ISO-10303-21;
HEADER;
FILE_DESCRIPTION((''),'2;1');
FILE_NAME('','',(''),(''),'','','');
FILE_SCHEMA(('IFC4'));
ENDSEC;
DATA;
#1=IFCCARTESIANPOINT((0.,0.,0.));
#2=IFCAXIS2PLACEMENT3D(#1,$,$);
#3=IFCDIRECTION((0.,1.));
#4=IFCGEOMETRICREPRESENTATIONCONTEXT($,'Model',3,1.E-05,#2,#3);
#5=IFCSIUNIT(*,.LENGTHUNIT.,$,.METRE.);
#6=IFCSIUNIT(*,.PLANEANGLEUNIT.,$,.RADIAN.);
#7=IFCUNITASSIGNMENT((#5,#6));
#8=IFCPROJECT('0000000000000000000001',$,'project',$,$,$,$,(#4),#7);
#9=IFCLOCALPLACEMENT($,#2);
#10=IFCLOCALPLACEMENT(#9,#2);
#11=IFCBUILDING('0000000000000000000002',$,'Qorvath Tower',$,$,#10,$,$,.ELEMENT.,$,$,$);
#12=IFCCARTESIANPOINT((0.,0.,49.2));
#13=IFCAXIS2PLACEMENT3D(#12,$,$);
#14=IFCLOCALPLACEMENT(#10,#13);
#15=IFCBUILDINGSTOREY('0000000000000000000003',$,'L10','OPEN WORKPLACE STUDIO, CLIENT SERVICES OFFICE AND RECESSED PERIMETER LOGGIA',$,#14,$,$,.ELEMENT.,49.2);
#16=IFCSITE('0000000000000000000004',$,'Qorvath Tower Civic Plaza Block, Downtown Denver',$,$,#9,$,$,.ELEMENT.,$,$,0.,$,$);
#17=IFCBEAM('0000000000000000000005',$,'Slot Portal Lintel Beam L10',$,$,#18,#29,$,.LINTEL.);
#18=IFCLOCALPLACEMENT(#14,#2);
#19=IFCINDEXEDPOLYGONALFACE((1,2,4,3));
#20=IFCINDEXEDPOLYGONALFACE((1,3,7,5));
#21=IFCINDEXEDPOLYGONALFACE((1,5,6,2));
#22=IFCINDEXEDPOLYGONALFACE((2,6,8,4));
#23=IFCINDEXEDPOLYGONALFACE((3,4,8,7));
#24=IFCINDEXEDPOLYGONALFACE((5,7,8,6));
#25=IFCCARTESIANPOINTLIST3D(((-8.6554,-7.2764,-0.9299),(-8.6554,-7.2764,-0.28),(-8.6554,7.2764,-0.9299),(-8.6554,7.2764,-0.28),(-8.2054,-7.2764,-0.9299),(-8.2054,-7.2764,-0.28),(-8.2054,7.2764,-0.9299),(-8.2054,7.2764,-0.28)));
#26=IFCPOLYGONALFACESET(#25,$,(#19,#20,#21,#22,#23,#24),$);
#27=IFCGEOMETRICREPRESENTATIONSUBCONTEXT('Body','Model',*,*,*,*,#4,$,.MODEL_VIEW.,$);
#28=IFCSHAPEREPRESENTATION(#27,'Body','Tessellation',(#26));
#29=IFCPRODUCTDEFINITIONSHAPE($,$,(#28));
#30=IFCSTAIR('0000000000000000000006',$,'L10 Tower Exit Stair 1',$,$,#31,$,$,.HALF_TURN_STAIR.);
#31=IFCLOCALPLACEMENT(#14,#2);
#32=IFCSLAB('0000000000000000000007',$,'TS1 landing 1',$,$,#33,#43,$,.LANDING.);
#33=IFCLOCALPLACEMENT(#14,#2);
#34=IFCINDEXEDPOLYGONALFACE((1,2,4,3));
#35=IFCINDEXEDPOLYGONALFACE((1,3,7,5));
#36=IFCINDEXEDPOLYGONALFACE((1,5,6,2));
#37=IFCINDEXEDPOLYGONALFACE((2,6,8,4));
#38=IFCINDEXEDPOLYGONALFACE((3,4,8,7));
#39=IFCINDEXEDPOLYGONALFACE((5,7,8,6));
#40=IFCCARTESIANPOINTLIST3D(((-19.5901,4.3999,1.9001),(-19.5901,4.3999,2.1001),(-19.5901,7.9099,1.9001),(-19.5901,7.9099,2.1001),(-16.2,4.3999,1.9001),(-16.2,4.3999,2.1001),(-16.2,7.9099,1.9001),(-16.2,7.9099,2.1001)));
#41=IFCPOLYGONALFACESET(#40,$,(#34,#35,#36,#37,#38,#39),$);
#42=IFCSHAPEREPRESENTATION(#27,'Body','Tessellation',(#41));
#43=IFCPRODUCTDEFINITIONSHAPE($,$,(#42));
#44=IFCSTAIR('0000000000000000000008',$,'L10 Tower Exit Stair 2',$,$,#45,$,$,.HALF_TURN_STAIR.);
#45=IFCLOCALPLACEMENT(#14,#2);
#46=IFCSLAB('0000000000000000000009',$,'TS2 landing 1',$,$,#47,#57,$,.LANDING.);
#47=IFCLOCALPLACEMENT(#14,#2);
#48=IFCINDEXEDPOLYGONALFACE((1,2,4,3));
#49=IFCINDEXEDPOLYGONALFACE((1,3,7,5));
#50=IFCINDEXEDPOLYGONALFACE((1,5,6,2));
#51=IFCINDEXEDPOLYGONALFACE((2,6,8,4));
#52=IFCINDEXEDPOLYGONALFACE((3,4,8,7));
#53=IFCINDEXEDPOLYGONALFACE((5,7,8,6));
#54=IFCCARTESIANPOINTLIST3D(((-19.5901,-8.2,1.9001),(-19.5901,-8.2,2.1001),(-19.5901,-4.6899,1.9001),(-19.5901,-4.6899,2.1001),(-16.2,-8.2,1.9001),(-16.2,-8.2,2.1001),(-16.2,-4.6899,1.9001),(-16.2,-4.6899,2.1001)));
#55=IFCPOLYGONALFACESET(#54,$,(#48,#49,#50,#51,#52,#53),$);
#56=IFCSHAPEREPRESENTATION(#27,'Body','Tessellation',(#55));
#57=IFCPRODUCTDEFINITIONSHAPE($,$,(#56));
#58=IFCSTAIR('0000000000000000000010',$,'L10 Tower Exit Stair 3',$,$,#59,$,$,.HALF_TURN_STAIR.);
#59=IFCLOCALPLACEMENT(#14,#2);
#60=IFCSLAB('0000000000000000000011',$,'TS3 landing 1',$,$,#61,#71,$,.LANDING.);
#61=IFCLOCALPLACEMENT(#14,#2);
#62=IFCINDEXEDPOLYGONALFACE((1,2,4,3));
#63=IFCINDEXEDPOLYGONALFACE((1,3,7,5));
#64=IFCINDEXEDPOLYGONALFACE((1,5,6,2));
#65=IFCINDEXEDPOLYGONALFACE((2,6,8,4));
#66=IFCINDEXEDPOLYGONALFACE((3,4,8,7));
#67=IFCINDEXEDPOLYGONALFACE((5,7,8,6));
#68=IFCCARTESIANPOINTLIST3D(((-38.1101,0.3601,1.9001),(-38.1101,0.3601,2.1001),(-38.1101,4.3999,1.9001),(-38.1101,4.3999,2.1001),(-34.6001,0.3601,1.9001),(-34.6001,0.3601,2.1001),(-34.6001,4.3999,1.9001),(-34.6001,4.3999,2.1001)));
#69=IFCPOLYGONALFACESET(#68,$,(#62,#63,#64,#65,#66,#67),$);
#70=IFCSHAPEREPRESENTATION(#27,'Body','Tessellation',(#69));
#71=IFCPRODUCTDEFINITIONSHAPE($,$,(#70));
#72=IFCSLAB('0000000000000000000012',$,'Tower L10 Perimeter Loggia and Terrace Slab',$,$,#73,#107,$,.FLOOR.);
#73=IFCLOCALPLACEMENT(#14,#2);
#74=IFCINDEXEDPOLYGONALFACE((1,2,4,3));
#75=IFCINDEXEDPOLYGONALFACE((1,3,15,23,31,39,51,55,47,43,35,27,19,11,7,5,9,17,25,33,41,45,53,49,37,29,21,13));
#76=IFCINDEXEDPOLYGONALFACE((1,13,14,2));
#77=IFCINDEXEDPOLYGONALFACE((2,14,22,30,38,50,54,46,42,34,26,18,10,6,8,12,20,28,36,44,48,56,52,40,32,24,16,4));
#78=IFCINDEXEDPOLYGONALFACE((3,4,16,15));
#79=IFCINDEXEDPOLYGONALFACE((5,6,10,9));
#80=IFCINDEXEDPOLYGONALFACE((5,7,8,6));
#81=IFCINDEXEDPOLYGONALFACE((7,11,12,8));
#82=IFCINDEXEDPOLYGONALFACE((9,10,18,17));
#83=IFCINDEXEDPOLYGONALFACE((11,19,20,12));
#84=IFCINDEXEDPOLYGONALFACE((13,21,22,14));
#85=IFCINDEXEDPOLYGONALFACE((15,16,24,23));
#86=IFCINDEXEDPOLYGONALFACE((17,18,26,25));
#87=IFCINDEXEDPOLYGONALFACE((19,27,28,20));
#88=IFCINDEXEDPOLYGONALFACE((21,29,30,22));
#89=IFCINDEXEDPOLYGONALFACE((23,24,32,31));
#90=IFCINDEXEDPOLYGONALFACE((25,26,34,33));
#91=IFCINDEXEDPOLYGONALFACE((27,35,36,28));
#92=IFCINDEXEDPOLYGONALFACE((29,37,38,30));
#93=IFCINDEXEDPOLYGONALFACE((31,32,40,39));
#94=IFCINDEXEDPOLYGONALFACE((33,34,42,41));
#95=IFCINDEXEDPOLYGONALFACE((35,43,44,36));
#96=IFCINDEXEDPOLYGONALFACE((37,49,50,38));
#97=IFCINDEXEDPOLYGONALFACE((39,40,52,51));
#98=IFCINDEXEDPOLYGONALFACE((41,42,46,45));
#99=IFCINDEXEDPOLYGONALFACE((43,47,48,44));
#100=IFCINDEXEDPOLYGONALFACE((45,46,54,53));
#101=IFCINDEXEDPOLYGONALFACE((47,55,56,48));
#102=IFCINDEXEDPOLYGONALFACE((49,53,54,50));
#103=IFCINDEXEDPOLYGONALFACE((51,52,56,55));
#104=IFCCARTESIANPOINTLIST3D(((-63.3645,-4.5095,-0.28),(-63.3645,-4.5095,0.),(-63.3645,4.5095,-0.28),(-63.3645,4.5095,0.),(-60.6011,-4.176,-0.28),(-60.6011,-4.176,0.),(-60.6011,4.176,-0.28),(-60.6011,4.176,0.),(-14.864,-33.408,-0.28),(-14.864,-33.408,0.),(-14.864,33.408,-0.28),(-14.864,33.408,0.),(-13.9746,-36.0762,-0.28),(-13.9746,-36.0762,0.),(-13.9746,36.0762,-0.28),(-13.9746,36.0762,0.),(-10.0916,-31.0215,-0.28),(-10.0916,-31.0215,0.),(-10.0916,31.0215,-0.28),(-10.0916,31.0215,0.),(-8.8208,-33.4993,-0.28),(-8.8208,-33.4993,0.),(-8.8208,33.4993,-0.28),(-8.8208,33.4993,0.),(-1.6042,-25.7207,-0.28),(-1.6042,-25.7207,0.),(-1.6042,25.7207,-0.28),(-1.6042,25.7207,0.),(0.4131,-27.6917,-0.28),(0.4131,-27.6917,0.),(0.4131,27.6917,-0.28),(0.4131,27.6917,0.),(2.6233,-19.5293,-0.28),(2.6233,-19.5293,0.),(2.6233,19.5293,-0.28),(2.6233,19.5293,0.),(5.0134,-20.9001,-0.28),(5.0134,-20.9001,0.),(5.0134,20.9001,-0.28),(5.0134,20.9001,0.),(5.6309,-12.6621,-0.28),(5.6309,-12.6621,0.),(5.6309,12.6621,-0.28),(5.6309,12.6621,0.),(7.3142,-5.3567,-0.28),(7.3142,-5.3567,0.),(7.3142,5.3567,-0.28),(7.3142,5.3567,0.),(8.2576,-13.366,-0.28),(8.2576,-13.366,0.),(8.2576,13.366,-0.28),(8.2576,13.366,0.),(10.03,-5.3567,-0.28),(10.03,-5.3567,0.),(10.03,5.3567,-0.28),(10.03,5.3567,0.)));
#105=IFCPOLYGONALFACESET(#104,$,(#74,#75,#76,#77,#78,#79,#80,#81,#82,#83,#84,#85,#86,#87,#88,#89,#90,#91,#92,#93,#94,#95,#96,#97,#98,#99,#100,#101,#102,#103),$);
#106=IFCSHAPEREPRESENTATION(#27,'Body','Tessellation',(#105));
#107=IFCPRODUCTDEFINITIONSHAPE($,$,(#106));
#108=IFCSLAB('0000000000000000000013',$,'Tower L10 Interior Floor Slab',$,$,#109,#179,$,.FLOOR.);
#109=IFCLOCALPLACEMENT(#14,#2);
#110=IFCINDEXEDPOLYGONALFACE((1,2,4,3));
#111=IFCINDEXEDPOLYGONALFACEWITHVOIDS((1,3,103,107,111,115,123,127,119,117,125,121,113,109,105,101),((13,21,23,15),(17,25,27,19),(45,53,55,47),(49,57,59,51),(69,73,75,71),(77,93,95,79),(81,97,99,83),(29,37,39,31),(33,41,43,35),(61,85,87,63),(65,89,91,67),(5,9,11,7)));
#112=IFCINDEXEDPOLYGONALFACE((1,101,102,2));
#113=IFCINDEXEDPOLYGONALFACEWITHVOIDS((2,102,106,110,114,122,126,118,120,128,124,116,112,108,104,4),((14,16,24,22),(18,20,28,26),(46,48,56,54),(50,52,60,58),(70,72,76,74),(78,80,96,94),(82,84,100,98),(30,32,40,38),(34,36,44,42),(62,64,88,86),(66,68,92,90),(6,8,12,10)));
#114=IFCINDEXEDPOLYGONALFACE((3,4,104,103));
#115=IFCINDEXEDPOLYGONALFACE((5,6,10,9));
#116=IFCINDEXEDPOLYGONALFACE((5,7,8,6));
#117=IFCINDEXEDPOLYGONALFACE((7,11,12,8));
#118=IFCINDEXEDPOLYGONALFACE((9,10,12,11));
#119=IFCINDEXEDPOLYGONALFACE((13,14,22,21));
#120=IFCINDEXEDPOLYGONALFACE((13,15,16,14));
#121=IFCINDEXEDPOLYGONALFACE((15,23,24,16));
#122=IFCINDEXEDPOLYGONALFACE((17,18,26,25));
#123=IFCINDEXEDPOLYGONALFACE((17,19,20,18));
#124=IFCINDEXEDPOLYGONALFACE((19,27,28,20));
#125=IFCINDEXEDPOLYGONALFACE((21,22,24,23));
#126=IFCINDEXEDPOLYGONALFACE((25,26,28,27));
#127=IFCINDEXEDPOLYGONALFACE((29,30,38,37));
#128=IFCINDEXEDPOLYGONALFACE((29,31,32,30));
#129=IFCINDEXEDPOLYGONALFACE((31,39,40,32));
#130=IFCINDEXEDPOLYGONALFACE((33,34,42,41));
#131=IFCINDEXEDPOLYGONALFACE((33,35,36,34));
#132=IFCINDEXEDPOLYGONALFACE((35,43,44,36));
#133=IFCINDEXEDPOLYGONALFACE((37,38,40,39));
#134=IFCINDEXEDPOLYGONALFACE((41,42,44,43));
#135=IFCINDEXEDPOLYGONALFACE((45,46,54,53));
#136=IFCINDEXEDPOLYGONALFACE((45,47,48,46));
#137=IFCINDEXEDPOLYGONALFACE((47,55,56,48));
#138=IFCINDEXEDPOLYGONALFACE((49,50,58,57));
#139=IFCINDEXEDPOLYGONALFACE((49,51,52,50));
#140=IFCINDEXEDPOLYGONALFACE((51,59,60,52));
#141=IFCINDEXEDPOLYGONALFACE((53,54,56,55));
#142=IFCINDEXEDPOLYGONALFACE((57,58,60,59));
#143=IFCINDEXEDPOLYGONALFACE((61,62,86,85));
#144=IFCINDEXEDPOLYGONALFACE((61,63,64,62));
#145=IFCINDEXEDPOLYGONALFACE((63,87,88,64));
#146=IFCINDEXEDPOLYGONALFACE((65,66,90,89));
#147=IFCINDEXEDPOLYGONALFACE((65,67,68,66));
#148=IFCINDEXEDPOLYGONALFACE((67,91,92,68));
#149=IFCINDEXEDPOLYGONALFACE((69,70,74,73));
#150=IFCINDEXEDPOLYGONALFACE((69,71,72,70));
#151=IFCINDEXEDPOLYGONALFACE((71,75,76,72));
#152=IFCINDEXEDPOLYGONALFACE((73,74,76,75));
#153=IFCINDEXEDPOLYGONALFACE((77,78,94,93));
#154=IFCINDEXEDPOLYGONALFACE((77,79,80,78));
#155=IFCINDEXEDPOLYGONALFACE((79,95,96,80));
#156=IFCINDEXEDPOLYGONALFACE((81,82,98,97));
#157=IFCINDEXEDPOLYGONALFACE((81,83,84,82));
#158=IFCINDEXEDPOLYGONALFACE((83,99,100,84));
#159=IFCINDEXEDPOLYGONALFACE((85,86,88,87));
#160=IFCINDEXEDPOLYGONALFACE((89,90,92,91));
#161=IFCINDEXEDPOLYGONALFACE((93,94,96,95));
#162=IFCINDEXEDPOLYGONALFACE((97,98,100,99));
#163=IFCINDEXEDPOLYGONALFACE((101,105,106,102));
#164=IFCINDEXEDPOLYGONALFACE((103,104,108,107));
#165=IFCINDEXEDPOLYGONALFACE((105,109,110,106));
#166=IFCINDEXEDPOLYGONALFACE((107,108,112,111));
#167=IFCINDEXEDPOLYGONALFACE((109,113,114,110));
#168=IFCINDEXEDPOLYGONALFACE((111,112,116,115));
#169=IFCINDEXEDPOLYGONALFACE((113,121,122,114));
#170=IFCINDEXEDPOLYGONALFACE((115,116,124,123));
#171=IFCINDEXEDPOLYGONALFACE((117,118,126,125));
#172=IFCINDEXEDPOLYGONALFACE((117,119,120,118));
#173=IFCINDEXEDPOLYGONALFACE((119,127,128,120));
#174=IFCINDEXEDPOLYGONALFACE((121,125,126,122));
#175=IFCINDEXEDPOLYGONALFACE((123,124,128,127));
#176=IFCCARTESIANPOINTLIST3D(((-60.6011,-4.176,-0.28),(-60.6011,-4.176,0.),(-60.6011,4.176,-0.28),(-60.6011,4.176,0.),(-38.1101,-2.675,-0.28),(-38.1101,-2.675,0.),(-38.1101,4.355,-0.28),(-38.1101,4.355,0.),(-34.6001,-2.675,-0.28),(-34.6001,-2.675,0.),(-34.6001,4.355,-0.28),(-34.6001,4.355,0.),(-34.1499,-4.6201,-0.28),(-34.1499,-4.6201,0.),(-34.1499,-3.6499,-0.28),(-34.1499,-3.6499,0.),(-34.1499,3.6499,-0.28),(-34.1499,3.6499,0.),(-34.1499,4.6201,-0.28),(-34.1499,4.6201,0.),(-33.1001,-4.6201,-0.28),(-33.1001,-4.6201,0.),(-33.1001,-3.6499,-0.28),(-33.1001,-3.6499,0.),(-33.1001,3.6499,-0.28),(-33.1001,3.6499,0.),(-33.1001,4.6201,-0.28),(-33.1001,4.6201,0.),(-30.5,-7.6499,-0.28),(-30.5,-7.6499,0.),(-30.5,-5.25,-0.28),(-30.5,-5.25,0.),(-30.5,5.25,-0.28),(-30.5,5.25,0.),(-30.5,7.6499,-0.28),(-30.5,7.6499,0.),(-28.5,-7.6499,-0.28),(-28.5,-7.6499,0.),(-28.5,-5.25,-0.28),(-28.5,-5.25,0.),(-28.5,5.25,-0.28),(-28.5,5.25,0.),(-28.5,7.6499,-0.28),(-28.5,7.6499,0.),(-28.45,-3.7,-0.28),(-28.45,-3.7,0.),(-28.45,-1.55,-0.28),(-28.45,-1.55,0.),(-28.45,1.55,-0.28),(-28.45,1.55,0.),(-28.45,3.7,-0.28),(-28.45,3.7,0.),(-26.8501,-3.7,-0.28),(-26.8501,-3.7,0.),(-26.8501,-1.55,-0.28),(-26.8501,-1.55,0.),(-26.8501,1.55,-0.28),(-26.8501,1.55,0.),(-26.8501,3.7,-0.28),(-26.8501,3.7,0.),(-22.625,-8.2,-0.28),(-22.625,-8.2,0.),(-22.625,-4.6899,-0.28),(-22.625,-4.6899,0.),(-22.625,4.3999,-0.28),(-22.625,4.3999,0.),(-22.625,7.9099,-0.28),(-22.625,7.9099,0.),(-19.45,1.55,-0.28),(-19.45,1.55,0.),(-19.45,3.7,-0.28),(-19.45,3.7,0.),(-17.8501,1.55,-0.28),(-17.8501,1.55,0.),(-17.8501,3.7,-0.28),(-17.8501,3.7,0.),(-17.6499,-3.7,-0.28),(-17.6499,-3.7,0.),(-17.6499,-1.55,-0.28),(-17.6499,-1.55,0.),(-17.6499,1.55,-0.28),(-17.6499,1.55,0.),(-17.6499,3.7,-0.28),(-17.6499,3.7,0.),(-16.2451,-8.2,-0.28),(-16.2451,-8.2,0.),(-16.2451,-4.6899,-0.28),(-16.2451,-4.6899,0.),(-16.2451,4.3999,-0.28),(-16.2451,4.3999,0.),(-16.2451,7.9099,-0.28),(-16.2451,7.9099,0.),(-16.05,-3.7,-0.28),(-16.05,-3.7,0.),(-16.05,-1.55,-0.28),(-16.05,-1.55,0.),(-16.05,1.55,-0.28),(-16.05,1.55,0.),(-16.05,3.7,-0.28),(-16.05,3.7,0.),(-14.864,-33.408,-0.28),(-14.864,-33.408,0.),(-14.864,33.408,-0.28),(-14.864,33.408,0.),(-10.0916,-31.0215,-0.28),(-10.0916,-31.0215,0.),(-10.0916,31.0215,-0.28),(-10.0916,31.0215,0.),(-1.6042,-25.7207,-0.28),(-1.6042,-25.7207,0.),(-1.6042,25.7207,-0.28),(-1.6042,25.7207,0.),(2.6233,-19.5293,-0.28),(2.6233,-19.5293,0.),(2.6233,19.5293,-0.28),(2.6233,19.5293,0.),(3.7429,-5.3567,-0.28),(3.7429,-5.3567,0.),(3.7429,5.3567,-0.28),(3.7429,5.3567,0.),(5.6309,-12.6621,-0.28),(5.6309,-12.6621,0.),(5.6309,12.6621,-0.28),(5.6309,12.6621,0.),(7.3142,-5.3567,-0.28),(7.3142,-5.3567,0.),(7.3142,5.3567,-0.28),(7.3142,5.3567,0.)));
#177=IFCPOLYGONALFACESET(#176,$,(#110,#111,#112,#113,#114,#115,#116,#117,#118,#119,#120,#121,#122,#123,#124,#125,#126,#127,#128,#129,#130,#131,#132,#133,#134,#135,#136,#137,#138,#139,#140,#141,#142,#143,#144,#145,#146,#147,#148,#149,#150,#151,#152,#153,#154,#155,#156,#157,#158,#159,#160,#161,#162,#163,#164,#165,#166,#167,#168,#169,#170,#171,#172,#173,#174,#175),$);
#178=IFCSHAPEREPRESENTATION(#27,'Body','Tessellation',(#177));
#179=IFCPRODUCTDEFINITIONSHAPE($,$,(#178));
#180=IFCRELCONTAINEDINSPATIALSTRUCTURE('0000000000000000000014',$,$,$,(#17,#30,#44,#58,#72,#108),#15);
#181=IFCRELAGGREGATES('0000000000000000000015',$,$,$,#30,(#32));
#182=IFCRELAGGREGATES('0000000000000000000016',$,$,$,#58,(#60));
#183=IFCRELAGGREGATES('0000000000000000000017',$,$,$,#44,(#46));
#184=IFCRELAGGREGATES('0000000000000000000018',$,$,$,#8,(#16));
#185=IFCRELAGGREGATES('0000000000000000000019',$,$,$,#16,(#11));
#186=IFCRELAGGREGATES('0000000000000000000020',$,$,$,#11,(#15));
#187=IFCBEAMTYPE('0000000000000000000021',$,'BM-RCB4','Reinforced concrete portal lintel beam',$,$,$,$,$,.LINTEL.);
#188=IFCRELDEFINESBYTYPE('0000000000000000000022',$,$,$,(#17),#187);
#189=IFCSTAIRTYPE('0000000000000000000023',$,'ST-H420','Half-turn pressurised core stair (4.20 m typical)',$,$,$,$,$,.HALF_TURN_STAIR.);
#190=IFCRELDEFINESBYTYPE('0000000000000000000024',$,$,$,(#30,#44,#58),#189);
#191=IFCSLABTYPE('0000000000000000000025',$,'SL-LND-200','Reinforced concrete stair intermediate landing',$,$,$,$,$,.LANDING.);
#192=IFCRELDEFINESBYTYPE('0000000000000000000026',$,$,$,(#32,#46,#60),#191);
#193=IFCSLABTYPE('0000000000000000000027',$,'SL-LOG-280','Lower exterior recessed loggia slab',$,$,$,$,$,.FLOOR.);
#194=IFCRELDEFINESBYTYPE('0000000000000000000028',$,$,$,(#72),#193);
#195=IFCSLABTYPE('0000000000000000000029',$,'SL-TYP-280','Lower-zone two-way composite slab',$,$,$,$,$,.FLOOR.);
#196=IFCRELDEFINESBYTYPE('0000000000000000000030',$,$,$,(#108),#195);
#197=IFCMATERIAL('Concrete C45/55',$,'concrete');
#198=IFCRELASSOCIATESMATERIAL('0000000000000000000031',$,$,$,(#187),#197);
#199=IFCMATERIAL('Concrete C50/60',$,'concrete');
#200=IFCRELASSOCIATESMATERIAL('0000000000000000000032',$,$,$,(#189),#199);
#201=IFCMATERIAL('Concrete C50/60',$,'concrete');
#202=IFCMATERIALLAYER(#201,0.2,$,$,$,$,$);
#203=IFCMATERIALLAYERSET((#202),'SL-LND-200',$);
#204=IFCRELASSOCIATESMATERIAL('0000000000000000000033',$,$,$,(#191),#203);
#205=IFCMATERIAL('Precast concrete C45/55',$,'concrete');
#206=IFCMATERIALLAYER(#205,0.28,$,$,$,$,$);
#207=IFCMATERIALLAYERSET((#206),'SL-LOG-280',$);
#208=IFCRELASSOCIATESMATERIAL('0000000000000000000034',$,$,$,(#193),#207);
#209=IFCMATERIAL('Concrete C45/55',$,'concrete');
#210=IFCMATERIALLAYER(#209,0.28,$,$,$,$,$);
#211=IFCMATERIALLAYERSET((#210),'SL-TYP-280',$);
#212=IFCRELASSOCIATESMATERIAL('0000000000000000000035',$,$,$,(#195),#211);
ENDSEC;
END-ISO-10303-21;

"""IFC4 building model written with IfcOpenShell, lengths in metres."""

from ifc_helpers import new_model, si_unit, direction, frame, origin, origin_2d, place, context, subcontext, project, spatial, polyline, rectangle, outline, extrude, material, layer, layer_set, material_profile, profile_set, type_object, element, aggregate, save


model = new_model("IFC4")

# Units and contexts
model_context = context("Model", 3, precision=1e-05, world=origin(), true_north=direction((0.0, 1.0)))
body_context = subcontext(model_context, "Body", "Model", "MODEL_VIEW")
ifc_project = project(units=[si_unit("LENGTHUNIT", "METRE"), si_unit("PLANEANGLEUNIT", "RADIAN")], contexts=[model_context])

# Site, building, storey
site_placement = place(None, origin())
site = spatial("IfcSite", under=ifc_project, at=site_placement, Name="Qorvath Tower Civic Plaza Block, Downtown Denver", CompositionType="ELEMENT", RefElevation=0.0)
building_placement = place(site_placement, origin())
building = spatial("IfcBuilding", under=site, at=building_placement, Name="Qorvath Tower", CompositionType="ELEMENT")
storey_placement = place(building_placement, frame((0.0, 0.0, 49.2)))
storey = spatial("IfcBuildingStorey", under=building, at=storey_placement, Name="L10", Description="OPEN WORKPLACE STUDIO, CLIENT SERVICES OFFICE AND RECESSED PERIMETER LOGGIA", CompositionType="ELEMENT", Elevation=49.2)

# Beam
ifc_material_1 = material(Name="Concrete C45/55", Category="concrete")
ifc_material_profile = material_profile(ifc_material_1, rectangle(XDim=0.45, YDim=0.6499, at=origin_2d()), Name="RCB 650x450")
ifc_profile_set = profile_set([ifc_material_profile], Name="Concrete C45/55")
beam_type = type_object("IfcBeamType", Name="BM-RCB4", Description="Reinforced concrete portal lintel beam", PredefinedType="LINTEL", material=ifc_profile_set)
beam_placement = place(storey_placement, frame((-8.4304, -7.2764, -0.605), z_axis=(0.0, 1.0, 0.0), x_axis=(-1.0, 0.0, 0.0)))
element("IfcBeam", 1, at=beam_placement, inside=storey, type_object=beam_type, Name="Slot Portal Lintel Beam L10", PredefinedType="LINTEL", context=body_context, shape_type="SweptSolid", body=[
    extrude(rectangle(XDim=0.45, YDim=0.6499, at=origin_2d()), origin(), (0.0, 0.0, 1.0), 14.5527),
])

# Stairs, slabs
ifc_material_2 = material(Name="Concrete C50/60", Category="concrete")
stair_type = type_object("IfcStairType", Name="ST-H420", Description="Half-turn pressurised core stair (4.20 m typical)", PredefinedType="HALF_TURN_STAIR", material=ifc_material_2)
stair_1_placement = place(storey_placement, origin())
stair_1 = element("IfcStair", 2, at=stair_1_placement, inside=storey, type_object=stair_type, Name="L10 Tower Exit Stair 1", PredefinedType="HALF_TURN_STAIR")
ifc_material_3 = material(Name="Concrete C50/60", Category="concrete")
ifc_layer_1 = layer(ifc_material_3, 0.2)
ifc_layer_set_1 = layer_set([ifc_layer_1], Name="SL-LND-200")
slab_type_1 = type_object("IfcSlabType", Name="SL-LND-200", Description="Reinforced concrete stair intermediate landing", PredefinedType="LANDING", material=ifc_layer_set_1)
slab_1_placement = place(storey_placement, frame((0.0, 0.0, 1.9001)))
slab_1 = element("IfcSlab", 3, at=slab_1_placement, type_object=slab_type_1, Name="TS1 landing 1", PredefinedType="LANDING", context=body_context, shape_type="SweptSolid", body=[
    extrude(outline(polyline([(-19.5901, 4.3999), (-16.2, 4.3999), (-16.2, 7.9099), (-19.5901, 7.9099), (-19.5901, 4.3999)])), origin(), (0.0, 0.0, 1.0), 0.2),
])
aggregate(stair_1, [slab_1])
stair_2_placement = place(storey_placement, origin())
stair_2 = element("IfcStair", 4, at=stair_2_placement, inside=storey, type_object=stair_type, Name="L10 Tower Exit Stair 2", PredefinedType="HALF_TURN_STAIR")
slab_2_placement = place(storey_placement, frame((0.0, 0.0, 1.9001)))
slab_2 = element("IfcSlab", 5, at=slab_2_placement, type_object=slab_type_1, Name="TS2 landing 1", PredefinedType="LANDING", context=body_context, shape_type="SweptSolid", body=[
    extrude(outline(polyline([(-19.5901, -8.2), (-16.2, -8.2), (-16.2, -4.6899), (-19.5901, -4.6899), (-19.5901, -8.2)])), origin(), (0.0, 0.0, 1.0), 0.2),
])
stair_3_placement = place(storey_placement, origin())
stair_3 = element("IfcStair", 6, at=stair_3_placement, inside=storey, type_object=stair_type, Name="L10 Tower Exit Stair 3", PredefinedType="HALF_TURN_STAIR")
slab_3_placement = place(storey_placement, frame((0.0, 0.0, 1.9001)))
slab_3 = element("IfcSlab", 7, at=slab_3_placement, type_object=slab_type_1, Name="TS3 landing 1", PredefinedType="LANDING", context=body_context, shape_type="SweptSolid", body=[
    extrude(outline(polyline([(-34.6001, 0.3601), (-34.6001, 4.3999), (-38.1101, 4.3999), (-38.1101, 0.3601), (-34.6001, 0.3601)])), origin(), (0.0, 0.0, 1.0), 0.2),
])
aggregate(stair_3, [slab_3])

# Slabs
ifc_material_4 = material(Name="Precast concrete C45/55", Category="concrete")
ifc_layer_2 = layer(ifc_material_4, 0.28)
ifc_layer_set_2 = layer_set([ifc_layer_2], Name="SL-LOG-280")
slab_type_2 = type_object("IfcSlabType", Name="SL-LOG-280", Description="Lower exterior recessed loggia slab", PredefinedType="FLOOR", material=ifc_layer_set_2)
slab_4_placement = place(storey_placement, frame((0.0, 0.0, -0.28)))
element("IfcSlab", 8, at=slab_4_placement, inside=storey, type_object=slab_type_2, Name="Tower L10 Perimeter Loggia and Terrace Slab", PredefinedType="FLOOR", context=body_context, shape_type="SweptSolid", body=[
    extrude(outline(polyline([(7.3142, -5.3567), (5.6309, -12.6621), (2.6233, -19.5293), (-1.6042, -25.7207), (-10.0916, -31.0215), (-14.864, -33.408), (-60.6011, -4.176), (-60.6011, 4.176), (-14.864, 33.408), (-10.0916, 31.0215), (-1.6042, 25.7207), (2.6233, 19.5293), (5.6309, 12.6621), (7.3142, 5.3567), (10.03, 5.3567), (8.2576, 13.366), (5.0134, 20.9001), (0.4131, 27.6917), (-8.8208, 33.4993), (-13.9746, 36.0762), (-63.3645, 4.5095), (-63.3645, -4.5095), (-13.9746, -36.0762), (-8.8208, -33.4993), (0.4131, -27.6917), (5.0134, -20.9001), (8.2576, -13.366), (10.03, -5.3567), (7.3142, -5.3567)])), origin(), (0.0, 0.0, 1.0), 0.28),
])
ifc_material_5 = material(Name="Concrete C45/55", Category="concrete")
ifc_layer_3 = layer(ifc_material_5, 0.28)
ifc_layer_set_3 = layer_set([ifc_layer_3], Name="SL-TYP-280")
slab_type_3 = type_object("IfcSlabType", Name="SL-TYP-280", Description="Lower-zone two-way composite slab", PredefinedType="FLOOR", material=ifc_layer_set_3)
slab_5_placement = place(storey_placement, frame((0.0, 0.0, -0.28)))
element("IfcSlab", 9, at=slab_5_placement, inside=storey, type_object=slab_type_3, Name="Tower L10 Interior Floor Slab", PredefinedType="FLOOR", context=body_context, shape_type="SweptSolid", body=[
    extrude(outline(polyline([(-60.6011, 4.176), (-60.6011, -4.176), (-14.864, -33.408), (-10.0916, -31.0215), (-1.6042, -25.7207), (2.6233, -19.5293), (5.6309, -12.6621), (7.3142, -5.3567), (3.7429, -5.3567), (3.7429, 5.3567), (7.3142, 5.3567), (5.6309, 12.6621), (2.6233, 19.5293), (-1.6042, 25.7207), (-10.0916, 31.0215), (-14.864, 33.408), (-60.6011, 4.176)]), holes=[polyline([(-17.6499, -3.7), (-17.6499, -1.55), (-16.05, -1.55), (-16.05, -3.7), (-17.6499, -3.7)]), polyline([(-17.6499, 1.55), (-17.6499, 3.7), (-16.05, 3.7), (-16.05, 1.55), (-17.6499, 1.55)]), polyline([(-16.2451, -8.2), (-22.625, -8.2), (-22.625, -4.6899), (-16.2451, -4.6899), (-16.2451, -8.2)]), polyline([(-22.625, 4.3999), (-22.625, 7.9099), (-16.2451, 7.9099), (-16.2451, 4.3999), (-22.625, 4.3999)]), polyline([(-17.8501, 1.55), (-19.45, 1.55), (-19.45, 3.7), (-17.8501, 3.7), (-17.8501, 1.55)]), polyline([(-28.45, -3.7), (-28.45, -1.55), (-26.8501, -1.55), (-26.8501, -3.7), (-28.45, -3.7)]), polyline([(-26.8501, 1.55), (-28.45, 1.55), (-28.45, 3.7), (-26.8501, 3.7), (-26.8501, 1.55)]), polyline([(-28.5, -7.6499), (-30.5, -7.6499), (-30.5, -5.25), (-28.5, -5.25), (-28.5, -7.6499)]), polyline([(-30.5, 5.25), (-30.5, 7.6499), (-28.5, 7.6499), (-28.5, 5.25), (-30.5, 5.25)]), polyline([(-34.1499, -4.6201), (-34.1499, -3.6499), (-33.1001, -3.6499), (-33.1001, -4.6201), (-34.1499, -4.6201)]), polyline([(-34.1499, 3.6499), (-34.1499, 4.6201), (-33.1001, 4.6201), (-33.1001, 3.6499), (-34.1499, 3.6499)]), polyline([(-34.6001, -2.675), (-38.1101, -2.675), (-38.1101, 4.355), (-34.6001, 4.355), (-34.6001, -2.675)])]), origin(), (0.0, 0.0, 1.0), 0.28),
])

aggregate(stair_2, [slab_2])

save(model, "model.ifc")
